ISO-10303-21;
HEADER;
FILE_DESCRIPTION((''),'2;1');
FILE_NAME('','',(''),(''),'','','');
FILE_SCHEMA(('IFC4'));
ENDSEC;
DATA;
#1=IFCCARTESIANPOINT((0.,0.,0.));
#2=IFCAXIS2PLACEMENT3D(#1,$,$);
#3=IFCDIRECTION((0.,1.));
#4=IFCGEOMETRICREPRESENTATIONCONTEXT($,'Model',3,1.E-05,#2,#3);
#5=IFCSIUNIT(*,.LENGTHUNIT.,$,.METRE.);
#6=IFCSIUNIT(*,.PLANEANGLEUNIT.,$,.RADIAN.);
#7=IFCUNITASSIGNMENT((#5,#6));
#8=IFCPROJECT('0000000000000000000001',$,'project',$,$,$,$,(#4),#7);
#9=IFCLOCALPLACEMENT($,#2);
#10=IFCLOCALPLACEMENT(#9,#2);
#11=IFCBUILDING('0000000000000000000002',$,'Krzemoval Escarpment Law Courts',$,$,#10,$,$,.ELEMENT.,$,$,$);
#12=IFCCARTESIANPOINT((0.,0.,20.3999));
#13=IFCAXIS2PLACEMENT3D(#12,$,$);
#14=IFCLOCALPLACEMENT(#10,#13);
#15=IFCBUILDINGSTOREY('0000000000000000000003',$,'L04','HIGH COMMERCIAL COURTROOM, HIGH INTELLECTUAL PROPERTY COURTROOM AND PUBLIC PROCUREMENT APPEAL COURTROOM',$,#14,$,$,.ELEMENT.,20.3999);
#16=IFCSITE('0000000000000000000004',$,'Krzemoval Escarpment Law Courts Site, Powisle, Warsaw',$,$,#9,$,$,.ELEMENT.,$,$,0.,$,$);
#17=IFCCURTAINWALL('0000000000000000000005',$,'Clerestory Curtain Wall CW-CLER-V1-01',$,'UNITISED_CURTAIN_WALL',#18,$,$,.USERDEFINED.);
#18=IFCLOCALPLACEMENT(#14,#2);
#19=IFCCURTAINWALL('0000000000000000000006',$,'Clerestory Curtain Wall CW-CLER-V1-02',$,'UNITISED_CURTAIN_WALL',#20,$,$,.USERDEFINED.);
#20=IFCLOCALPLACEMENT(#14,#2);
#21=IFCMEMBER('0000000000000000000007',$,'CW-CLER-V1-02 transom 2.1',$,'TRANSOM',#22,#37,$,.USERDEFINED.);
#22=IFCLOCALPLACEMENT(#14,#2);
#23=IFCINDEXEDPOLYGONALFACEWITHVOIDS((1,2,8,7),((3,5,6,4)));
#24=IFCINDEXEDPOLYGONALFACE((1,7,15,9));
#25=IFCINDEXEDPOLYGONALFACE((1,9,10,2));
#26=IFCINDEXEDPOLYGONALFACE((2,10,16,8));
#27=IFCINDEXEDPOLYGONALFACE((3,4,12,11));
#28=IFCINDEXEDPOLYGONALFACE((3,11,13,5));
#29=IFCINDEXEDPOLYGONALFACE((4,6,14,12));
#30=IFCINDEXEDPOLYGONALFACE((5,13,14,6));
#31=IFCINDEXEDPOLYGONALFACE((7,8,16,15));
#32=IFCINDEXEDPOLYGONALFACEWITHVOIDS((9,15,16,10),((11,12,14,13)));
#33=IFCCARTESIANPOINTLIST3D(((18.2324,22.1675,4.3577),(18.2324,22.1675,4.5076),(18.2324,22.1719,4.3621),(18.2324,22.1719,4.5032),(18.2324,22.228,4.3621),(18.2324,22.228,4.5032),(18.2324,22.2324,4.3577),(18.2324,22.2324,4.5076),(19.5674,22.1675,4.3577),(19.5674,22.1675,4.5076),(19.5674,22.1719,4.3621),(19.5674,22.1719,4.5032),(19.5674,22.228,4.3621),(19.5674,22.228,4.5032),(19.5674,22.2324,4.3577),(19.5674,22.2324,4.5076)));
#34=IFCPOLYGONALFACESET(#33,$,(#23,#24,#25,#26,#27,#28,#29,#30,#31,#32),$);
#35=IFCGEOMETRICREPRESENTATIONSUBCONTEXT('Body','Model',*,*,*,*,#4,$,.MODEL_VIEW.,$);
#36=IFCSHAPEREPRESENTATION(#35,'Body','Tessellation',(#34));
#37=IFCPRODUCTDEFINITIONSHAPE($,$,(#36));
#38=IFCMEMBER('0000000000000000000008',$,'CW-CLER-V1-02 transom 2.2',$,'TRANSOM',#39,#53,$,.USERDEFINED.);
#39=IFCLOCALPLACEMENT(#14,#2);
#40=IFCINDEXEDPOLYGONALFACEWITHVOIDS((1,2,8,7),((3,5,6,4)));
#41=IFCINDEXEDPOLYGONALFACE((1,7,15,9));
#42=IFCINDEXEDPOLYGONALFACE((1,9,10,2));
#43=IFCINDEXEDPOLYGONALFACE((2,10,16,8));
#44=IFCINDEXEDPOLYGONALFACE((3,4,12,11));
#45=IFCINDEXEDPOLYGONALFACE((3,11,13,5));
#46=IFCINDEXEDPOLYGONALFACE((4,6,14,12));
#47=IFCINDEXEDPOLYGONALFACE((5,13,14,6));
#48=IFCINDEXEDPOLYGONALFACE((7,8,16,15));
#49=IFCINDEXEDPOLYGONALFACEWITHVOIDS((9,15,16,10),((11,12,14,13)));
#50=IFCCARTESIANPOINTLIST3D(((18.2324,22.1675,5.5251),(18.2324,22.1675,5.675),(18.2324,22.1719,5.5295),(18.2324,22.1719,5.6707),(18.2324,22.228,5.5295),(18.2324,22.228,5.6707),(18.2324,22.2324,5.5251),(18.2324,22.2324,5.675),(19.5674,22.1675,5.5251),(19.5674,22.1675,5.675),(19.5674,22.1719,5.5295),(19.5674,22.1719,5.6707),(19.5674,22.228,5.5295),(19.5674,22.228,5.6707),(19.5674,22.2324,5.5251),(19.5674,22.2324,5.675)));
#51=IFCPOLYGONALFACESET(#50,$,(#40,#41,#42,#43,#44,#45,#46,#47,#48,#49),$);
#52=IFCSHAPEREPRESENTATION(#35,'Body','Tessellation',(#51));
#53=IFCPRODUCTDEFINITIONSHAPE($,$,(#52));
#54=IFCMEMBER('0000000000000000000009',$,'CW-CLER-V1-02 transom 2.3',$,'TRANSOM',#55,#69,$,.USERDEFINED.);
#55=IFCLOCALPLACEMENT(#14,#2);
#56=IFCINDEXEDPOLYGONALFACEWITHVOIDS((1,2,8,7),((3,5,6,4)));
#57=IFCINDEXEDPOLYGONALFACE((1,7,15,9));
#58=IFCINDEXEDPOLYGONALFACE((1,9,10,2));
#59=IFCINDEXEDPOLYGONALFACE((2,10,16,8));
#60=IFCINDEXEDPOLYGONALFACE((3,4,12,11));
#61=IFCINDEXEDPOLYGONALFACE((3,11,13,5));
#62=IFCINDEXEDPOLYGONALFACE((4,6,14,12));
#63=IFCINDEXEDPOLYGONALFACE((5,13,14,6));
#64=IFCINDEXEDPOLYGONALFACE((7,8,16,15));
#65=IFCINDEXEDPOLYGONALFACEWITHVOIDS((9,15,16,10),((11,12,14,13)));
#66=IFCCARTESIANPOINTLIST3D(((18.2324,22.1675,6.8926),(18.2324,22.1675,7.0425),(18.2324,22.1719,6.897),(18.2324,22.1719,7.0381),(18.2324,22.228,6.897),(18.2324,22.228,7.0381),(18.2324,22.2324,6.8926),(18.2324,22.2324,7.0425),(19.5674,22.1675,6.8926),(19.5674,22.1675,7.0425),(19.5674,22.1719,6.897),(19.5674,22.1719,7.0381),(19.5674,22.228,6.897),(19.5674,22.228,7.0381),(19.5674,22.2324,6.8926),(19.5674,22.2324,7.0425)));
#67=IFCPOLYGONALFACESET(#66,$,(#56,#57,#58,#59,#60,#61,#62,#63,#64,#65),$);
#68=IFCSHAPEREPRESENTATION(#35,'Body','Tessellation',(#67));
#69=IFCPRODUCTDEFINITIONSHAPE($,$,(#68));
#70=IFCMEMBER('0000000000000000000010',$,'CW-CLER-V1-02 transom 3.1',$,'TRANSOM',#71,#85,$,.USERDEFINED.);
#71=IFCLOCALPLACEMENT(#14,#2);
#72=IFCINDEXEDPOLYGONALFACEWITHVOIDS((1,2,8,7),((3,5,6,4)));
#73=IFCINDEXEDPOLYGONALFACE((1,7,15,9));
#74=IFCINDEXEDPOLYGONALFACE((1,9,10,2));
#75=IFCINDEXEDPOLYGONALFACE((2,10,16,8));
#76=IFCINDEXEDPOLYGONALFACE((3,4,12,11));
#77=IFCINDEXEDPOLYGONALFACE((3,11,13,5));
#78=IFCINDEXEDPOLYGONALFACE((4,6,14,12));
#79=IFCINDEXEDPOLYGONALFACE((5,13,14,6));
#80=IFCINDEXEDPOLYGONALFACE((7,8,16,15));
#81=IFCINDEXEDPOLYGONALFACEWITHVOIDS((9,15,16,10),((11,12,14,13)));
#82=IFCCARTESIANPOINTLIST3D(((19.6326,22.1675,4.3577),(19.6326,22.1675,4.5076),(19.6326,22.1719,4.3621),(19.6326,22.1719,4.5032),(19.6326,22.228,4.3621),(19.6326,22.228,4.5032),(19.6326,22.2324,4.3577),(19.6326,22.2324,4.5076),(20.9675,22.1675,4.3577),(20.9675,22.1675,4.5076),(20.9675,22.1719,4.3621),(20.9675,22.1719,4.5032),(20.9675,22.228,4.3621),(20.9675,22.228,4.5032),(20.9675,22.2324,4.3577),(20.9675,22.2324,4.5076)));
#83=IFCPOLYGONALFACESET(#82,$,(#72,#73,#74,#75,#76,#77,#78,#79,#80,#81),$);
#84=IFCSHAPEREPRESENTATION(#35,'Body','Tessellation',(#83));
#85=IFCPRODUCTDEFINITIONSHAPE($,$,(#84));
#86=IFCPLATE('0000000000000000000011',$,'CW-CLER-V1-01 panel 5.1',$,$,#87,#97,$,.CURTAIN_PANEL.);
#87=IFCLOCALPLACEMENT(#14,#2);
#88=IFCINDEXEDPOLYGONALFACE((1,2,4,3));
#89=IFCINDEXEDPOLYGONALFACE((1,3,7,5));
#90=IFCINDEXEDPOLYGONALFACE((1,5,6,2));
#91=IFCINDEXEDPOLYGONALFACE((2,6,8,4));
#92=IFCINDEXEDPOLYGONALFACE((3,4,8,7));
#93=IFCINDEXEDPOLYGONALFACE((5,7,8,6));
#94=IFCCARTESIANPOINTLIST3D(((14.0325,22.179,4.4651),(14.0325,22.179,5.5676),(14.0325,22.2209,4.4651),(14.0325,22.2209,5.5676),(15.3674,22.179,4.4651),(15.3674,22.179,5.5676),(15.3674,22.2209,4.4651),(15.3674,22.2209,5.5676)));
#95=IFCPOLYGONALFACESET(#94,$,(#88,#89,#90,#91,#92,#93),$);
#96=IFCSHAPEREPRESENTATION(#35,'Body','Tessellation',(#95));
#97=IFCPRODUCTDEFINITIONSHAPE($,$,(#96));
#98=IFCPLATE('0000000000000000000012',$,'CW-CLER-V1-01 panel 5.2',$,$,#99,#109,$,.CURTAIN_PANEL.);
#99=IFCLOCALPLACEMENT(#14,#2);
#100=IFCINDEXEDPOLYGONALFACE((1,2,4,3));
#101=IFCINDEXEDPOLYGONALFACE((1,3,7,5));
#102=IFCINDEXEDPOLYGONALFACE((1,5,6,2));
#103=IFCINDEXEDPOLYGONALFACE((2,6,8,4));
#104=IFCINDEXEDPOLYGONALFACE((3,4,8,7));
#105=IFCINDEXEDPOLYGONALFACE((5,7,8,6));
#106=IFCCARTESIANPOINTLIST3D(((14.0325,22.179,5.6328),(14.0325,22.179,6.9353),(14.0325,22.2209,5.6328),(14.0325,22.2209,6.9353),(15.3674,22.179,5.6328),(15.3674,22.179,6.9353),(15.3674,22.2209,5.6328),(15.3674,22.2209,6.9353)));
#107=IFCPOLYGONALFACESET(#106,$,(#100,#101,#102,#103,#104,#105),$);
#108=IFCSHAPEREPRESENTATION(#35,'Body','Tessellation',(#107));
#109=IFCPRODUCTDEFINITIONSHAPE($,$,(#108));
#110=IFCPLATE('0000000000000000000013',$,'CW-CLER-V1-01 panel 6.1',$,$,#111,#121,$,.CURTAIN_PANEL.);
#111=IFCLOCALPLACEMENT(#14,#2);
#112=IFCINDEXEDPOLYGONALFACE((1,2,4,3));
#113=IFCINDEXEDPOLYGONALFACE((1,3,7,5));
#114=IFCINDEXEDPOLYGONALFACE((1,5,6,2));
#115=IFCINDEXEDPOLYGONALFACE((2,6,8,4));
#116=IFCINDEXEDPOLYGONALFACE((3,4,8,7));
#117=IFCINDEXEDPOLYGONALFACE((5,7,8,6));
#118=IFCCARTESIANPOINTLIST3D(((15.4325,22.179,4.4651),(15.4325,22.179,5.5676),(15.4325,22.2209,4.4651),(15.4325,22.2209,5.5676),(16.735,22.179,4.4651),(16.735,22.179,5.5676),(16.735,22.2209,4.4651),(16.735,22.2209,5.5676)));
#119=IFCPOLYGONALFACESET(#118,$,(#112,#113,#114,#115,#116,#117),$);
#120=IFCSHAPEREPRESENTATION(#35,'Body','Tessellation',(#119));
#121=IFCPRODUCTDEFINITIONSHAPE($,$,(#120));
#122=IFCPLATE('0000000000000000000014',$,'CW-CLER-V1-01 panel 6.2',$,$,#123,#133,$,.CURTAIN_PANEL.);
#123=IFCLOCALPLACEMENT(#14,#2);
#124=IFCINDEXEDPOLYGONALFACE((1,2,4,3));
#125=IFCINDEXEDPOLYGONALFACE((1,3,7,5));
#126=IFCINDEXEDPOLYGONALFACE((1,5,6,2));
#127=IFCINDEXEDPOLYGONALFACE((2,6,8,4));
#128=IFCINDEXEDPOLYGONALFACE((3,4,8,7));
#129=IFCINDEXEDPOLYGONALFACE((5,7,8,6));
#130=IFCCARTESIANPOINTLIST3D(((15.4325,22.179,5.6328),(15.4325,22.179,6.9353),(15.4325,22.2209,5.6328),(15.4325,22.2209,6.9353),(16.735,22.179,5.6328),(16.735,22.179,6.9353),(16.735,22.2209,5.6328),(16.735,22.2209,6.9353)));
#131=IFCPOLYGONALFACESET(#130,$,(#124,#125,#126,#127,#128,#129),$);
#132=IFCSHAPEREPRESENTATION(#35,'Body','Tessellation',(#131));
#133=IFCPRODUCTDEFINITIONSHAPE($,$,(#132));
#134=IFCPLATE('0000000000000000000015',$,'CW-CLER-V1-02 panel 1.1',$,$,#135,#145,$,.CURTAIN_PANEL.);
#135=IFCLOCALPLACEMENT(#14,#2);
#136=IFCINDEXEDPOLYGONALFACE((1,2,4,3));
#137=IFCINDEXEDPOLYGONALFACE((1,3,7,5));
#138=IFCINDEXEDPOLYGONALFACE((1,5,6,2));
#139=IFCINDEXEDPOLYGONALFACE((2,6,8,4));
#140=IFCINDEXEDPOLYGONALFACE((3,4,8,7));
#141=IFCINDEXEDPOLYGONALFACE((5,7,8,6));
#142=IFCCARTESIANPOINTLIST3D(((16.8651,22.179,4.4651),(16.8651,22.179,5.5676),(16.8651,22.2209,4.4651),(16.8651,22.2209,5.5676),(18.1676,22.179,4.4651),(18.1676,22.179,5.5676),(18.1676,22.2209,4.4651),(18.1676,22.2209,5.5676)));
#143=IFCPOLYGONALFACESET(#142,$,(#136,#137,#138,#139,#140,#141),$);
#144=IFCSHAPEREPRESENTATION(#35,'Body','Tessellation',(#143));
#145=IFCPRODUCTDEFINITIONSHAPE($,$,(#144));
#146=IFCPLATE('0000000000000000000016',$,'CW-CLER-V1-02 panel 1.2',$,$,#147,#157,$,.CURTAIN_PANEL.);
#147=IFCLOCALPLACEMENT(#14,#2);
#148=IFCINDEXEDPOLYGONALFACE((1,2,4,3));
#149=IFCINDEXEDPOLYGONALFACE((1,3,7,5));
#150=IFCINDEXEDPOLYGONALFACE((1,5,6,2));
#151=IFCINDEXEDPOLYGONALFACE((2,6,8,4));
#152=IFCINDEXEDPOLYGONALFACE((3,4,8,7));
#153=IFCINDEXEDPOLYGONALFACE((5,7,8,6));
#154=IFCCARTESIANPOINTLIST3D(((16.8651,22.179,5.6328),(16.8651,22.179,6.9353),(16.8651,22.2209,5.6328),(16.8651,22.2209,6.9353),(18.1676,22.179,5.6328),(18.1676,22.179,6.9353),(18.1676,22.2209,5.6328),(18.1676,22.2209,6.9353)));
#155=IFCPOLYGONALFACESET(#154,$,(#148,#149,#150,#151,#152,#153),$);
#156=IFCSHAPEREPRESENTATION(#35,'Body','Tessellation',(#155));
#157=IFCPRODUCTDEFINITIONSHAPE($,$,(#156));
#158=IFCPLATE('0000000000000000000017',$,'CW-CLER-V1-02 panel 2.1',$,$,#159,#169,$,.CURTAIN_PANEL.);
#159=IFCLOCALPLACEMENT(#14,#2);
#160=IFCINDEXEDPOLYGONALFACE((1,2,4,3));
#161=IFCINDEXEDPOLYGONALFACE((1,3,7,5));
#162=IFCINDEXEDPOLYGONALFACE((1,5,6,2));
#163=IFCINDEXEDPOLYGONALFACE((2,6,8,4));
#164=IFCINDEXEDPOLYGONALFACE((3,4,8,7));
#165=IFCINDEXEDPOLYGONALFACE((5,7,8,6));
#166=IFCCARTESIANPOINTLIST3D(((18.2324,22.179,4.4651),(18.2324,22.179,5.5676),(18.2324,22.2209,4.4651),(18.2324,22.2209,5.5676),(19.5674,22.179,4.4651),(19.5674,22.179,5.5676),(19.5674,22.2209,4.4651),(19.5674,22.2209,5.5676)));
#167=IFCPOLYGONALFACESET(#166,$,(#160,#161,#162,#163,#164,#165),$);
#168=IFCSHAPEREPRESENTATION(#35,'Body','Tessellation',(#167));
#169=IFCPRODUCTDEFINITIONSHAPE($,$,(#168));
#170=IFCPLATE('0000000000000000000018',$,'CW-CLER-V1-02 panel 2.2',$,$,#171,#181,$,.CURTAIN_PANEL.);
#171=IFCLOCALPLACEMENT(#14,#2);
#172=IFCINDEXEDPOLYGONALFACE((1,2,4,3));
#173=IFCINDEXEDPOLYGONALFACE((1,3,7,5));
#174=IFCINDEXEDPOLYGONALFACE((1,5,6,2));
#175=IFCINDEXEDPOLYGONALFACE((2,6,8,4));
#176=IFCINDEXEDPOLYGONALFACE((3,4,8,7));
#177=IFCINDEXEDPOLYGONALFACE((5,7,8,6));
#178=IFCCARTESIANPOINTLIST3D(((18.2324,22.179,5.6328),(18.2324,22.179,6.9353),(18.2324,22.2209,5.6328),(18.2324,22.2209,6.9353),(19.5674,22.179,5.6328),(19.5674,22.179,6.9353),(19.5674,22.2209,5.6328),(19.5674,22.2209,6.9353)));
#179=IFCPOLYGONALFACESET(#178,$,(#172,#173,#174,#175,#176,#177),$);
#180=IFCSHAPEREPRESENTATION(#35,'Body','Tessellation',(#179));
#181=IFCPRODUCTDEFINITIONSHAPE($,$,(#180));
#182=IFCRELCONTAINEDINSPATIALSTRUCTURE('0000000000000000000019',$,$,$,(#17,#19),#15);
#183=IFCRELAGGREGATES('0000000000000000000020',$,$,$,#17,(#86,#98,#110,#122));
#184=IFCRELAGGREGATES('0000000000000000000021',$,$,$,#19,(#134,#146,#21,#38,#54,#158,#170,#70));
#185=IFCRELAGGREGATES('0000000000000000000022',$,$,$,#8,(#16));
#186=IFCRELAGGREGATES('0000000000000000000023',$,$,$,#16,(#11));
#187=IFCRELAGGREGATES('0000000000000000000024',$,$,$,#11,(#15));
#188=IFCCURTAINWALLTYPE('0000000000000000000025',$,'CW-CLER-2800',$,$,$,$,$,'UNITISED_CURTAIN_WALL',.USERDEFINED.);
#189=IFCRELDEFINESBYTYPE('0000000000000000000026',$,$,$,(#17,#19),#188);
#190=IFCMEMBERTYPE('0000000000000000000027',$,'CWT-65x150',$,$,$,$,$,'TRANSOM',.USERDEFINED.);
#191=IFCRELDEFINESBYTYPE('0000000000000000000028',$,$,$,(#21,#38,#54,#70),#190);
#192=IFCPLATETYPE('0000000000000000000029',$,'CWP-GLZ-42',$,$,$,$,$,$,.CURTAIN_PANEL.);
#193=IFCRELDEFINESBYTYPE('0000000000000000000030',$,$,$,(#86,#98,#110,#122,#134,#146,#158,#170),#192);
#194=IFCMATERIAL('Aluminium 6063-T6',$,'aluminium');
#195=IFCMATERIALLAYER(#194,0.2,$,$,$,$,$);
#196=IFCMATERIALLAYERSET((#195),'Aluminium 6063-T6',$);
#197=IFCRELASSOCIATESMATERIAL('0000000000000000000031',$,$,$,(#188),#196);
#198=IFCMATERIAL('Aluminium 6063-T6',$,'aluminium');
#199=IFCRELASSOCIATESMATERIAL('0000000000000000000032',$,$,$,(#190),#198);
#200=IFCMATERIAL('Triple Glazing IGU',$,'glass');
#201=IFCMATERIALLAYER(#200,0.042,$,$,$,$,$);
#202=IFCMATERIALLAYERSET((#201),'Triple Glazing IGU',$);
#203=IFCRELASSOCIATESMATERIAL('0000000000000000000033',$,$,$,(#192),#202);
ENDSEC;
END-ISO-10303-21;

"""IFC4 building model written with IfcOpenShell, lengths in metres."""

from ifc_helpers import new_model, si_unit, direction, frame, origin, origin_2d, place, context, subcontext, project, spatial, rectangle, hollow_rectangle, extrude, material, layer, layer_set, material_profile, profile_set, type_object, element, aggregate, save


model = new_model("IFC4")

# Units and contexts
model_context = context("Model", 3, precision=1e-05, world=origin(), true_north=direction((0.0, 1.0)))
body_context = subcontext(model_context, "Body", "Model", "MODEL_VIEW")
ifc_project = project(units=[si_unit("LENGTHUNIT", "METRE"), si_unit("PLANEANGLEUNIT", "RADIAN")], contexts=[model_context])

# Site, building, storey
site_placement = place(None, origin())
site = spatial("IfcSite", under=ifc_project, at=site_placement, Name="Krzemoval Escarpment Law Courts Site, Powisle, Warsaw", CompositionType="ELEMENT", RefElevation=0.0)
building_placement = place(site_placement, origin())
building = spatial("IfcBuilding", under=site, at=building_placement, Name="Krzemoval Escarpment Law Courts", CompositionType="ELEMENT")
storey_placement = place(building_placement, frame((0.0, 0.0, 20.3999)))
storey = spatial("IfcBuildingStorey", under=building, at=storey_placement, Name="L04", Description="HIGH COMMERCIAL COURTROOM, HIGH INTELLECTUAL PROPERTY COURTROOM AND PUBLIC PROCUREMENT APPEAL COURTROOM", CompositionType="ELEMENT", Elevation=20.3999)

# Curtain walls
ifc_material_1 = material(Name="Aluminium 6063-T6", Category="aluminium")
ifc_layer_1 = layer(ifc_material_1, 0.2)
ifc_layer_set_1 = layer_set([ifc_layer_1], Name="Aluminium 6063-T6")
curtain_wall_type = type_object("IfcCurtainWallType", Name="CW-CLER-2800", ElementType="UNITISED_CURTAIN_WALL", PredefinedType="USERDEFINED", material=ifc_layer_set_1)
curtain_wall_1_placement = place(storey_placement, origin())
curtain_wall_1 = element("IfcCurtainWall", 1, at=curtain_wall_1_placement, inside=storey, type_object=curtain_wall_type, Name="Clerestory Curtain Wall CW-CLER-V1-01", ObjectType="UNITISED_CURTAIN_WALL", PredefinedType="USERDEFINED")
curtain_wall_2_placement = place(storey_placement, origin())
curtain_wall_2 = element("IfcCurtainWall", 2, at=curtain_wall_2_placement, inside=storey, type_object=curtain_wall_type, Name="Clerestory Curtain Wall CW-CLER-V1-02", ObjectType="UNITISED_CURTAIN_WALL", PredefinedType="USERDEFINED")

# Members
ifc_material_2 = material(Name="Aluminium 6063-T6", Category="aluminium")
ifc_material_profile_1 = material_profile(ifc_material_2, hollow_rectangle(XDim=0.0649, YDim=0.1499, WallThickness=0.0044, at=origin_2d()), Name="ALU T65x150")
ifc_profile_set_1 = profile_set([ifc_material_profile_1], Name="Aluminium 6063-T6")
member_type_1 = type_object("IfcMemberType", Name="CWT-65x150", ElementType="TRANSOM", PredefinedType="USERDEFINED", material=ifc_profile_set_1)
member_1_placement = place(storey_placement, frame((18.2324, 22.2, 4.4326), z_axis=(1.0, 0.0, 0.0), x_axis=(0.0, 1.0, 0.0)))
member_1 = element("IfcMember", 3, at=member_1_placement, type_object=member_type_1, Name="CW-CLER-V1-02 transom 2.1", ObjectType="TRANSOM", PredefinedType="USERDEFINED", context=body_context, shape_type="SweptSolid", body=[
    extrude(hollow_rectangle(XDim=0.0649, YDim=0.1499, WallThickness=0.0044, at=origin_2d()), origin(), (0.0, 0.0, 1.0), 1.335),
])
member_2_placement = place(storey_placement, frame((18.2324, 22.2, 5.6001), z_axis=(1.0, 0.0, 0.0), x_axis=(0.0, 1.0, 0.0)))
member_2 = element("IfcMember", 4, at=member_2_placement, type_object=member_type_1, Name="CW-CLER-V1-02 transom 2.2", ObjectType="TRANSOM", PredefinedType="USERDEFINED", context=body_context, shape_type="SweptSolid", body=[
    extrude(hollow_rectangle(XDim=0.0649, YDim=0.1499, WallThickness=0.0044, at=origin_2d()), origin(), (0.0, 0.0, 1.0), 1.335),
])
member_3_placement = place(storey_placement, frame((18.2324, 22.2, 6.9675), z_axis=(1.0, 0.0, 0.0), x_axis=(0.0, 1.0, 0.0)))
member_3 = element("IfcMember", 5, at=member_3_placement, type_object=member_type_1, Name="CW-CLER-V1-02 transom 2.3", ObjectType="TRANSOM", PredefinedType="USERDEFINED", context=body_context, shape_type="SweptSolid", body=[
    extrude(hollow_rectangle(XDim=0.0649, YDim=0.1499, WallThickness=0.0044, at=origin_2d()), origin(), (0.0, 0.0, 1.0), 1.335),
])
member_4_placement = place(storey_placement, frame((19.6326, 22.2, 4.4326), z_axis=(1.0, 0.0, 0.0), x_axis=(0.0, 1.0, 0.0)))
member_4 = element("IfcMember", 6, at=member_4_placement, type_object=member_type_1, Name="CW-CLER-V1-02 transom 3.1", ObjectType="TRANSOM", PredefinedType="USERDEFINED", context=body_context, shape_type="SweptSolid", body=[
    extrude(hollow_rectangle(XDim=0.0649, YDim=0.1499, WallThickness=0.0044, at=origin_2d()), origin(), (0.0, 0.0, 1.0), 1.335),
])

# Plates
ifc_material_3 = material(Name="Triple Glazing IGU", Category="glass")
ifc_layer_2 = layer(ifc_material_3, 0.042)
ifc_layer_set_2 = layer_set([ifc_layer_2], Name="Triple Glazing IGU")
plate_type = type_object("IfcPlateType", Name="CWP-GLZ-42", PredefinedType="CURTAIN_PANEL", material=ifc_layer_set_2)
plate_1_placement = place(storey_placement, frame((14.7, 22.2, 4.4651), z_axis=(0.0, 0.0, 1.0), x_axis=(1.0, 0.0, 0.0)))
plate_1 = element("IfcPlate", 7, at=plate_1_placement, type_object=plate_type, Name="CW-CLER-V1-01 panel 5.1", PredefinedType="CURTAIN_PANEL", context=body_context, shape_type="SweptSolid", body=[
    extrude(rectangle(XDim=1.335, YDim=0.042, at=origin_2d()), origin(), (0.0, 0.0, 1.0), 1.1025),
])
plate_2_placement = place(storey_placement, frame((14.7, 22.2, 5.6328), z_axis=(0.0, 0.0, 1.0), x_axis=(1.0, 0.0, 0.0)))
plate_2 = element("IfcPlate", 8, at=plate_2_placement, type_object=plate_type, Name="CW-CLER-V1-01 panel 5.2", PredefinedType="CURTAIN_PANEL", context=body_context, shape_type="SweptSolid", body=[
    extrude(rectangle(XDim=1.335, YDim=0.042, at=origin_2d()), origin(), (0.0, 0.0, 1.0), 1.3025),
])
plate_3_placement = place(storey_placement, frame((16.0837, 22.2, 4.4651), z_axis=(0.0, 0.0, 1.0), x_axis=(1.0, 0.0, 0.0)))
plate_3 = element("IfcPlate", 9, at=plate_3_placement, type_object=plate_type, Name="CW-CLER-V1-01 panel 6.1", PredefinedType="CURTAIN_PANEL", context=body_context, shape_type="SweptSolid", body=[
    extrude(rectangle(XDim=1.3025, YDim=0.042, at=origin_2d()), origin(), (0.0, 0.0, 1.0), 1.1025),
])
plate_4_placement = place(storey_placement, frame((16.0837, 22.2, 5.6328), z_axis=(0.0, 0.0, 1.0), x_axis=(1.0, 0.0, 0.0)))
plate_4 = element("IfcPlate", 10, at=plate_4_placement, type_object=plate_type, Name="CW-CLER-V1-01 panel 6.2", PredefinedType="CURTAIN_PANEL", context=body_context, shape_type="SweptSolid", body=[
    extrude(rectangle(XDim=1.3025, YDim=0.042, at=origin_2d()), origin(), (0.0, 0.0, 1.0), 1.3025),
])
aggregate(curtain_wall_1, [plate_1, plate_2, plate_3, plate_4])
plate_5_placement = place(storey_placement, frame((17.5164, 22.2, 4.4651), z_axis=(0.0, 0.0, 1.0), x_axis=(1.0, 0.0, 0.0)))
plate_5 = element("IfcPlate", 11, at=plate_5_placement, type_object=plate_type, Name="CW-CLER-V1-02 panel 1.1", PredefinedType="CURTAIN_PANEL", context=body_context, shape_type="SweptSolid", body=[
    extrude(rectangle(XDim=1.3025, YDim=0.042, at=origin_2d()), origin(), (0.0, 0.0, 1.0), 1.1025),
])
plate_6_placement = place(storey_placement, frame((17.5164, 22.2, 5.6328), z_axis=(0.0, 0.0, 1.0), x_axis=(1.0, 0.0, 0.0)))
plate_6 = element("IfcPlate", 12, at=plate_6_placement, type_object=plate_type, Name="CW-CLER-V1-02 panel 1.2", PredefinedType="CURTAIN_PANEL", context=body_context, shape_type="SweptSolid", body=[
    extrude(rectangle(XDim=1.3025, YDim=0.042, at=origin_2d()), origin(), (0.0, 0.0, 1.0), 1.3025),
])
plate_7_placement = place(storey_placement, frame((18.8999, 22.2, 4.4651), z_axis=(0.0, 0.0, 1.0), x_axis=(1.0, 0.0, 0.0)))
plate_7 = element("IfcPlate", 13, at=plate_7_placement, type_object=plate_type, Name="CW-CLER-V1-02 panel 2.1", PredefinedType="CURTAIN_PANEL", context=body_context, shape_type="SweptSolid", body=[
    extrude(rectangle(XDim=1.335, YDim=0.042, at=origin_2d()), origin(), (0.0, 0.0, 1.0), 1.1025),
])
plate_8_placement = place(storey_placement, frame((18.8999, 22.2, 5.6328), z_axis=(0.0, 0.0, 1.0), x_axis=(1.0, 0.0, 0.0)))
plate_8 = element("IfcPlate", 14, at=plate_8_placement, type_object=plate_type, Name="CW-CLER-V1-02 panel 2.2", PredefinedType="CURTAIN_PANEL", context=body_context, shape_type="SweptSolid", body=[
    extrude(rectangle(XDim=1.335, YDim=0.042, at=origin_2d()), origin(), (0.0, 0.0, 1.0), 1.3025),
])
aggregate(curtain_wall_2, [plate_5, plate_6, member_1, member_2, member_3, plate_7, plate_8, member_4])

save(model, "model.ifc")
